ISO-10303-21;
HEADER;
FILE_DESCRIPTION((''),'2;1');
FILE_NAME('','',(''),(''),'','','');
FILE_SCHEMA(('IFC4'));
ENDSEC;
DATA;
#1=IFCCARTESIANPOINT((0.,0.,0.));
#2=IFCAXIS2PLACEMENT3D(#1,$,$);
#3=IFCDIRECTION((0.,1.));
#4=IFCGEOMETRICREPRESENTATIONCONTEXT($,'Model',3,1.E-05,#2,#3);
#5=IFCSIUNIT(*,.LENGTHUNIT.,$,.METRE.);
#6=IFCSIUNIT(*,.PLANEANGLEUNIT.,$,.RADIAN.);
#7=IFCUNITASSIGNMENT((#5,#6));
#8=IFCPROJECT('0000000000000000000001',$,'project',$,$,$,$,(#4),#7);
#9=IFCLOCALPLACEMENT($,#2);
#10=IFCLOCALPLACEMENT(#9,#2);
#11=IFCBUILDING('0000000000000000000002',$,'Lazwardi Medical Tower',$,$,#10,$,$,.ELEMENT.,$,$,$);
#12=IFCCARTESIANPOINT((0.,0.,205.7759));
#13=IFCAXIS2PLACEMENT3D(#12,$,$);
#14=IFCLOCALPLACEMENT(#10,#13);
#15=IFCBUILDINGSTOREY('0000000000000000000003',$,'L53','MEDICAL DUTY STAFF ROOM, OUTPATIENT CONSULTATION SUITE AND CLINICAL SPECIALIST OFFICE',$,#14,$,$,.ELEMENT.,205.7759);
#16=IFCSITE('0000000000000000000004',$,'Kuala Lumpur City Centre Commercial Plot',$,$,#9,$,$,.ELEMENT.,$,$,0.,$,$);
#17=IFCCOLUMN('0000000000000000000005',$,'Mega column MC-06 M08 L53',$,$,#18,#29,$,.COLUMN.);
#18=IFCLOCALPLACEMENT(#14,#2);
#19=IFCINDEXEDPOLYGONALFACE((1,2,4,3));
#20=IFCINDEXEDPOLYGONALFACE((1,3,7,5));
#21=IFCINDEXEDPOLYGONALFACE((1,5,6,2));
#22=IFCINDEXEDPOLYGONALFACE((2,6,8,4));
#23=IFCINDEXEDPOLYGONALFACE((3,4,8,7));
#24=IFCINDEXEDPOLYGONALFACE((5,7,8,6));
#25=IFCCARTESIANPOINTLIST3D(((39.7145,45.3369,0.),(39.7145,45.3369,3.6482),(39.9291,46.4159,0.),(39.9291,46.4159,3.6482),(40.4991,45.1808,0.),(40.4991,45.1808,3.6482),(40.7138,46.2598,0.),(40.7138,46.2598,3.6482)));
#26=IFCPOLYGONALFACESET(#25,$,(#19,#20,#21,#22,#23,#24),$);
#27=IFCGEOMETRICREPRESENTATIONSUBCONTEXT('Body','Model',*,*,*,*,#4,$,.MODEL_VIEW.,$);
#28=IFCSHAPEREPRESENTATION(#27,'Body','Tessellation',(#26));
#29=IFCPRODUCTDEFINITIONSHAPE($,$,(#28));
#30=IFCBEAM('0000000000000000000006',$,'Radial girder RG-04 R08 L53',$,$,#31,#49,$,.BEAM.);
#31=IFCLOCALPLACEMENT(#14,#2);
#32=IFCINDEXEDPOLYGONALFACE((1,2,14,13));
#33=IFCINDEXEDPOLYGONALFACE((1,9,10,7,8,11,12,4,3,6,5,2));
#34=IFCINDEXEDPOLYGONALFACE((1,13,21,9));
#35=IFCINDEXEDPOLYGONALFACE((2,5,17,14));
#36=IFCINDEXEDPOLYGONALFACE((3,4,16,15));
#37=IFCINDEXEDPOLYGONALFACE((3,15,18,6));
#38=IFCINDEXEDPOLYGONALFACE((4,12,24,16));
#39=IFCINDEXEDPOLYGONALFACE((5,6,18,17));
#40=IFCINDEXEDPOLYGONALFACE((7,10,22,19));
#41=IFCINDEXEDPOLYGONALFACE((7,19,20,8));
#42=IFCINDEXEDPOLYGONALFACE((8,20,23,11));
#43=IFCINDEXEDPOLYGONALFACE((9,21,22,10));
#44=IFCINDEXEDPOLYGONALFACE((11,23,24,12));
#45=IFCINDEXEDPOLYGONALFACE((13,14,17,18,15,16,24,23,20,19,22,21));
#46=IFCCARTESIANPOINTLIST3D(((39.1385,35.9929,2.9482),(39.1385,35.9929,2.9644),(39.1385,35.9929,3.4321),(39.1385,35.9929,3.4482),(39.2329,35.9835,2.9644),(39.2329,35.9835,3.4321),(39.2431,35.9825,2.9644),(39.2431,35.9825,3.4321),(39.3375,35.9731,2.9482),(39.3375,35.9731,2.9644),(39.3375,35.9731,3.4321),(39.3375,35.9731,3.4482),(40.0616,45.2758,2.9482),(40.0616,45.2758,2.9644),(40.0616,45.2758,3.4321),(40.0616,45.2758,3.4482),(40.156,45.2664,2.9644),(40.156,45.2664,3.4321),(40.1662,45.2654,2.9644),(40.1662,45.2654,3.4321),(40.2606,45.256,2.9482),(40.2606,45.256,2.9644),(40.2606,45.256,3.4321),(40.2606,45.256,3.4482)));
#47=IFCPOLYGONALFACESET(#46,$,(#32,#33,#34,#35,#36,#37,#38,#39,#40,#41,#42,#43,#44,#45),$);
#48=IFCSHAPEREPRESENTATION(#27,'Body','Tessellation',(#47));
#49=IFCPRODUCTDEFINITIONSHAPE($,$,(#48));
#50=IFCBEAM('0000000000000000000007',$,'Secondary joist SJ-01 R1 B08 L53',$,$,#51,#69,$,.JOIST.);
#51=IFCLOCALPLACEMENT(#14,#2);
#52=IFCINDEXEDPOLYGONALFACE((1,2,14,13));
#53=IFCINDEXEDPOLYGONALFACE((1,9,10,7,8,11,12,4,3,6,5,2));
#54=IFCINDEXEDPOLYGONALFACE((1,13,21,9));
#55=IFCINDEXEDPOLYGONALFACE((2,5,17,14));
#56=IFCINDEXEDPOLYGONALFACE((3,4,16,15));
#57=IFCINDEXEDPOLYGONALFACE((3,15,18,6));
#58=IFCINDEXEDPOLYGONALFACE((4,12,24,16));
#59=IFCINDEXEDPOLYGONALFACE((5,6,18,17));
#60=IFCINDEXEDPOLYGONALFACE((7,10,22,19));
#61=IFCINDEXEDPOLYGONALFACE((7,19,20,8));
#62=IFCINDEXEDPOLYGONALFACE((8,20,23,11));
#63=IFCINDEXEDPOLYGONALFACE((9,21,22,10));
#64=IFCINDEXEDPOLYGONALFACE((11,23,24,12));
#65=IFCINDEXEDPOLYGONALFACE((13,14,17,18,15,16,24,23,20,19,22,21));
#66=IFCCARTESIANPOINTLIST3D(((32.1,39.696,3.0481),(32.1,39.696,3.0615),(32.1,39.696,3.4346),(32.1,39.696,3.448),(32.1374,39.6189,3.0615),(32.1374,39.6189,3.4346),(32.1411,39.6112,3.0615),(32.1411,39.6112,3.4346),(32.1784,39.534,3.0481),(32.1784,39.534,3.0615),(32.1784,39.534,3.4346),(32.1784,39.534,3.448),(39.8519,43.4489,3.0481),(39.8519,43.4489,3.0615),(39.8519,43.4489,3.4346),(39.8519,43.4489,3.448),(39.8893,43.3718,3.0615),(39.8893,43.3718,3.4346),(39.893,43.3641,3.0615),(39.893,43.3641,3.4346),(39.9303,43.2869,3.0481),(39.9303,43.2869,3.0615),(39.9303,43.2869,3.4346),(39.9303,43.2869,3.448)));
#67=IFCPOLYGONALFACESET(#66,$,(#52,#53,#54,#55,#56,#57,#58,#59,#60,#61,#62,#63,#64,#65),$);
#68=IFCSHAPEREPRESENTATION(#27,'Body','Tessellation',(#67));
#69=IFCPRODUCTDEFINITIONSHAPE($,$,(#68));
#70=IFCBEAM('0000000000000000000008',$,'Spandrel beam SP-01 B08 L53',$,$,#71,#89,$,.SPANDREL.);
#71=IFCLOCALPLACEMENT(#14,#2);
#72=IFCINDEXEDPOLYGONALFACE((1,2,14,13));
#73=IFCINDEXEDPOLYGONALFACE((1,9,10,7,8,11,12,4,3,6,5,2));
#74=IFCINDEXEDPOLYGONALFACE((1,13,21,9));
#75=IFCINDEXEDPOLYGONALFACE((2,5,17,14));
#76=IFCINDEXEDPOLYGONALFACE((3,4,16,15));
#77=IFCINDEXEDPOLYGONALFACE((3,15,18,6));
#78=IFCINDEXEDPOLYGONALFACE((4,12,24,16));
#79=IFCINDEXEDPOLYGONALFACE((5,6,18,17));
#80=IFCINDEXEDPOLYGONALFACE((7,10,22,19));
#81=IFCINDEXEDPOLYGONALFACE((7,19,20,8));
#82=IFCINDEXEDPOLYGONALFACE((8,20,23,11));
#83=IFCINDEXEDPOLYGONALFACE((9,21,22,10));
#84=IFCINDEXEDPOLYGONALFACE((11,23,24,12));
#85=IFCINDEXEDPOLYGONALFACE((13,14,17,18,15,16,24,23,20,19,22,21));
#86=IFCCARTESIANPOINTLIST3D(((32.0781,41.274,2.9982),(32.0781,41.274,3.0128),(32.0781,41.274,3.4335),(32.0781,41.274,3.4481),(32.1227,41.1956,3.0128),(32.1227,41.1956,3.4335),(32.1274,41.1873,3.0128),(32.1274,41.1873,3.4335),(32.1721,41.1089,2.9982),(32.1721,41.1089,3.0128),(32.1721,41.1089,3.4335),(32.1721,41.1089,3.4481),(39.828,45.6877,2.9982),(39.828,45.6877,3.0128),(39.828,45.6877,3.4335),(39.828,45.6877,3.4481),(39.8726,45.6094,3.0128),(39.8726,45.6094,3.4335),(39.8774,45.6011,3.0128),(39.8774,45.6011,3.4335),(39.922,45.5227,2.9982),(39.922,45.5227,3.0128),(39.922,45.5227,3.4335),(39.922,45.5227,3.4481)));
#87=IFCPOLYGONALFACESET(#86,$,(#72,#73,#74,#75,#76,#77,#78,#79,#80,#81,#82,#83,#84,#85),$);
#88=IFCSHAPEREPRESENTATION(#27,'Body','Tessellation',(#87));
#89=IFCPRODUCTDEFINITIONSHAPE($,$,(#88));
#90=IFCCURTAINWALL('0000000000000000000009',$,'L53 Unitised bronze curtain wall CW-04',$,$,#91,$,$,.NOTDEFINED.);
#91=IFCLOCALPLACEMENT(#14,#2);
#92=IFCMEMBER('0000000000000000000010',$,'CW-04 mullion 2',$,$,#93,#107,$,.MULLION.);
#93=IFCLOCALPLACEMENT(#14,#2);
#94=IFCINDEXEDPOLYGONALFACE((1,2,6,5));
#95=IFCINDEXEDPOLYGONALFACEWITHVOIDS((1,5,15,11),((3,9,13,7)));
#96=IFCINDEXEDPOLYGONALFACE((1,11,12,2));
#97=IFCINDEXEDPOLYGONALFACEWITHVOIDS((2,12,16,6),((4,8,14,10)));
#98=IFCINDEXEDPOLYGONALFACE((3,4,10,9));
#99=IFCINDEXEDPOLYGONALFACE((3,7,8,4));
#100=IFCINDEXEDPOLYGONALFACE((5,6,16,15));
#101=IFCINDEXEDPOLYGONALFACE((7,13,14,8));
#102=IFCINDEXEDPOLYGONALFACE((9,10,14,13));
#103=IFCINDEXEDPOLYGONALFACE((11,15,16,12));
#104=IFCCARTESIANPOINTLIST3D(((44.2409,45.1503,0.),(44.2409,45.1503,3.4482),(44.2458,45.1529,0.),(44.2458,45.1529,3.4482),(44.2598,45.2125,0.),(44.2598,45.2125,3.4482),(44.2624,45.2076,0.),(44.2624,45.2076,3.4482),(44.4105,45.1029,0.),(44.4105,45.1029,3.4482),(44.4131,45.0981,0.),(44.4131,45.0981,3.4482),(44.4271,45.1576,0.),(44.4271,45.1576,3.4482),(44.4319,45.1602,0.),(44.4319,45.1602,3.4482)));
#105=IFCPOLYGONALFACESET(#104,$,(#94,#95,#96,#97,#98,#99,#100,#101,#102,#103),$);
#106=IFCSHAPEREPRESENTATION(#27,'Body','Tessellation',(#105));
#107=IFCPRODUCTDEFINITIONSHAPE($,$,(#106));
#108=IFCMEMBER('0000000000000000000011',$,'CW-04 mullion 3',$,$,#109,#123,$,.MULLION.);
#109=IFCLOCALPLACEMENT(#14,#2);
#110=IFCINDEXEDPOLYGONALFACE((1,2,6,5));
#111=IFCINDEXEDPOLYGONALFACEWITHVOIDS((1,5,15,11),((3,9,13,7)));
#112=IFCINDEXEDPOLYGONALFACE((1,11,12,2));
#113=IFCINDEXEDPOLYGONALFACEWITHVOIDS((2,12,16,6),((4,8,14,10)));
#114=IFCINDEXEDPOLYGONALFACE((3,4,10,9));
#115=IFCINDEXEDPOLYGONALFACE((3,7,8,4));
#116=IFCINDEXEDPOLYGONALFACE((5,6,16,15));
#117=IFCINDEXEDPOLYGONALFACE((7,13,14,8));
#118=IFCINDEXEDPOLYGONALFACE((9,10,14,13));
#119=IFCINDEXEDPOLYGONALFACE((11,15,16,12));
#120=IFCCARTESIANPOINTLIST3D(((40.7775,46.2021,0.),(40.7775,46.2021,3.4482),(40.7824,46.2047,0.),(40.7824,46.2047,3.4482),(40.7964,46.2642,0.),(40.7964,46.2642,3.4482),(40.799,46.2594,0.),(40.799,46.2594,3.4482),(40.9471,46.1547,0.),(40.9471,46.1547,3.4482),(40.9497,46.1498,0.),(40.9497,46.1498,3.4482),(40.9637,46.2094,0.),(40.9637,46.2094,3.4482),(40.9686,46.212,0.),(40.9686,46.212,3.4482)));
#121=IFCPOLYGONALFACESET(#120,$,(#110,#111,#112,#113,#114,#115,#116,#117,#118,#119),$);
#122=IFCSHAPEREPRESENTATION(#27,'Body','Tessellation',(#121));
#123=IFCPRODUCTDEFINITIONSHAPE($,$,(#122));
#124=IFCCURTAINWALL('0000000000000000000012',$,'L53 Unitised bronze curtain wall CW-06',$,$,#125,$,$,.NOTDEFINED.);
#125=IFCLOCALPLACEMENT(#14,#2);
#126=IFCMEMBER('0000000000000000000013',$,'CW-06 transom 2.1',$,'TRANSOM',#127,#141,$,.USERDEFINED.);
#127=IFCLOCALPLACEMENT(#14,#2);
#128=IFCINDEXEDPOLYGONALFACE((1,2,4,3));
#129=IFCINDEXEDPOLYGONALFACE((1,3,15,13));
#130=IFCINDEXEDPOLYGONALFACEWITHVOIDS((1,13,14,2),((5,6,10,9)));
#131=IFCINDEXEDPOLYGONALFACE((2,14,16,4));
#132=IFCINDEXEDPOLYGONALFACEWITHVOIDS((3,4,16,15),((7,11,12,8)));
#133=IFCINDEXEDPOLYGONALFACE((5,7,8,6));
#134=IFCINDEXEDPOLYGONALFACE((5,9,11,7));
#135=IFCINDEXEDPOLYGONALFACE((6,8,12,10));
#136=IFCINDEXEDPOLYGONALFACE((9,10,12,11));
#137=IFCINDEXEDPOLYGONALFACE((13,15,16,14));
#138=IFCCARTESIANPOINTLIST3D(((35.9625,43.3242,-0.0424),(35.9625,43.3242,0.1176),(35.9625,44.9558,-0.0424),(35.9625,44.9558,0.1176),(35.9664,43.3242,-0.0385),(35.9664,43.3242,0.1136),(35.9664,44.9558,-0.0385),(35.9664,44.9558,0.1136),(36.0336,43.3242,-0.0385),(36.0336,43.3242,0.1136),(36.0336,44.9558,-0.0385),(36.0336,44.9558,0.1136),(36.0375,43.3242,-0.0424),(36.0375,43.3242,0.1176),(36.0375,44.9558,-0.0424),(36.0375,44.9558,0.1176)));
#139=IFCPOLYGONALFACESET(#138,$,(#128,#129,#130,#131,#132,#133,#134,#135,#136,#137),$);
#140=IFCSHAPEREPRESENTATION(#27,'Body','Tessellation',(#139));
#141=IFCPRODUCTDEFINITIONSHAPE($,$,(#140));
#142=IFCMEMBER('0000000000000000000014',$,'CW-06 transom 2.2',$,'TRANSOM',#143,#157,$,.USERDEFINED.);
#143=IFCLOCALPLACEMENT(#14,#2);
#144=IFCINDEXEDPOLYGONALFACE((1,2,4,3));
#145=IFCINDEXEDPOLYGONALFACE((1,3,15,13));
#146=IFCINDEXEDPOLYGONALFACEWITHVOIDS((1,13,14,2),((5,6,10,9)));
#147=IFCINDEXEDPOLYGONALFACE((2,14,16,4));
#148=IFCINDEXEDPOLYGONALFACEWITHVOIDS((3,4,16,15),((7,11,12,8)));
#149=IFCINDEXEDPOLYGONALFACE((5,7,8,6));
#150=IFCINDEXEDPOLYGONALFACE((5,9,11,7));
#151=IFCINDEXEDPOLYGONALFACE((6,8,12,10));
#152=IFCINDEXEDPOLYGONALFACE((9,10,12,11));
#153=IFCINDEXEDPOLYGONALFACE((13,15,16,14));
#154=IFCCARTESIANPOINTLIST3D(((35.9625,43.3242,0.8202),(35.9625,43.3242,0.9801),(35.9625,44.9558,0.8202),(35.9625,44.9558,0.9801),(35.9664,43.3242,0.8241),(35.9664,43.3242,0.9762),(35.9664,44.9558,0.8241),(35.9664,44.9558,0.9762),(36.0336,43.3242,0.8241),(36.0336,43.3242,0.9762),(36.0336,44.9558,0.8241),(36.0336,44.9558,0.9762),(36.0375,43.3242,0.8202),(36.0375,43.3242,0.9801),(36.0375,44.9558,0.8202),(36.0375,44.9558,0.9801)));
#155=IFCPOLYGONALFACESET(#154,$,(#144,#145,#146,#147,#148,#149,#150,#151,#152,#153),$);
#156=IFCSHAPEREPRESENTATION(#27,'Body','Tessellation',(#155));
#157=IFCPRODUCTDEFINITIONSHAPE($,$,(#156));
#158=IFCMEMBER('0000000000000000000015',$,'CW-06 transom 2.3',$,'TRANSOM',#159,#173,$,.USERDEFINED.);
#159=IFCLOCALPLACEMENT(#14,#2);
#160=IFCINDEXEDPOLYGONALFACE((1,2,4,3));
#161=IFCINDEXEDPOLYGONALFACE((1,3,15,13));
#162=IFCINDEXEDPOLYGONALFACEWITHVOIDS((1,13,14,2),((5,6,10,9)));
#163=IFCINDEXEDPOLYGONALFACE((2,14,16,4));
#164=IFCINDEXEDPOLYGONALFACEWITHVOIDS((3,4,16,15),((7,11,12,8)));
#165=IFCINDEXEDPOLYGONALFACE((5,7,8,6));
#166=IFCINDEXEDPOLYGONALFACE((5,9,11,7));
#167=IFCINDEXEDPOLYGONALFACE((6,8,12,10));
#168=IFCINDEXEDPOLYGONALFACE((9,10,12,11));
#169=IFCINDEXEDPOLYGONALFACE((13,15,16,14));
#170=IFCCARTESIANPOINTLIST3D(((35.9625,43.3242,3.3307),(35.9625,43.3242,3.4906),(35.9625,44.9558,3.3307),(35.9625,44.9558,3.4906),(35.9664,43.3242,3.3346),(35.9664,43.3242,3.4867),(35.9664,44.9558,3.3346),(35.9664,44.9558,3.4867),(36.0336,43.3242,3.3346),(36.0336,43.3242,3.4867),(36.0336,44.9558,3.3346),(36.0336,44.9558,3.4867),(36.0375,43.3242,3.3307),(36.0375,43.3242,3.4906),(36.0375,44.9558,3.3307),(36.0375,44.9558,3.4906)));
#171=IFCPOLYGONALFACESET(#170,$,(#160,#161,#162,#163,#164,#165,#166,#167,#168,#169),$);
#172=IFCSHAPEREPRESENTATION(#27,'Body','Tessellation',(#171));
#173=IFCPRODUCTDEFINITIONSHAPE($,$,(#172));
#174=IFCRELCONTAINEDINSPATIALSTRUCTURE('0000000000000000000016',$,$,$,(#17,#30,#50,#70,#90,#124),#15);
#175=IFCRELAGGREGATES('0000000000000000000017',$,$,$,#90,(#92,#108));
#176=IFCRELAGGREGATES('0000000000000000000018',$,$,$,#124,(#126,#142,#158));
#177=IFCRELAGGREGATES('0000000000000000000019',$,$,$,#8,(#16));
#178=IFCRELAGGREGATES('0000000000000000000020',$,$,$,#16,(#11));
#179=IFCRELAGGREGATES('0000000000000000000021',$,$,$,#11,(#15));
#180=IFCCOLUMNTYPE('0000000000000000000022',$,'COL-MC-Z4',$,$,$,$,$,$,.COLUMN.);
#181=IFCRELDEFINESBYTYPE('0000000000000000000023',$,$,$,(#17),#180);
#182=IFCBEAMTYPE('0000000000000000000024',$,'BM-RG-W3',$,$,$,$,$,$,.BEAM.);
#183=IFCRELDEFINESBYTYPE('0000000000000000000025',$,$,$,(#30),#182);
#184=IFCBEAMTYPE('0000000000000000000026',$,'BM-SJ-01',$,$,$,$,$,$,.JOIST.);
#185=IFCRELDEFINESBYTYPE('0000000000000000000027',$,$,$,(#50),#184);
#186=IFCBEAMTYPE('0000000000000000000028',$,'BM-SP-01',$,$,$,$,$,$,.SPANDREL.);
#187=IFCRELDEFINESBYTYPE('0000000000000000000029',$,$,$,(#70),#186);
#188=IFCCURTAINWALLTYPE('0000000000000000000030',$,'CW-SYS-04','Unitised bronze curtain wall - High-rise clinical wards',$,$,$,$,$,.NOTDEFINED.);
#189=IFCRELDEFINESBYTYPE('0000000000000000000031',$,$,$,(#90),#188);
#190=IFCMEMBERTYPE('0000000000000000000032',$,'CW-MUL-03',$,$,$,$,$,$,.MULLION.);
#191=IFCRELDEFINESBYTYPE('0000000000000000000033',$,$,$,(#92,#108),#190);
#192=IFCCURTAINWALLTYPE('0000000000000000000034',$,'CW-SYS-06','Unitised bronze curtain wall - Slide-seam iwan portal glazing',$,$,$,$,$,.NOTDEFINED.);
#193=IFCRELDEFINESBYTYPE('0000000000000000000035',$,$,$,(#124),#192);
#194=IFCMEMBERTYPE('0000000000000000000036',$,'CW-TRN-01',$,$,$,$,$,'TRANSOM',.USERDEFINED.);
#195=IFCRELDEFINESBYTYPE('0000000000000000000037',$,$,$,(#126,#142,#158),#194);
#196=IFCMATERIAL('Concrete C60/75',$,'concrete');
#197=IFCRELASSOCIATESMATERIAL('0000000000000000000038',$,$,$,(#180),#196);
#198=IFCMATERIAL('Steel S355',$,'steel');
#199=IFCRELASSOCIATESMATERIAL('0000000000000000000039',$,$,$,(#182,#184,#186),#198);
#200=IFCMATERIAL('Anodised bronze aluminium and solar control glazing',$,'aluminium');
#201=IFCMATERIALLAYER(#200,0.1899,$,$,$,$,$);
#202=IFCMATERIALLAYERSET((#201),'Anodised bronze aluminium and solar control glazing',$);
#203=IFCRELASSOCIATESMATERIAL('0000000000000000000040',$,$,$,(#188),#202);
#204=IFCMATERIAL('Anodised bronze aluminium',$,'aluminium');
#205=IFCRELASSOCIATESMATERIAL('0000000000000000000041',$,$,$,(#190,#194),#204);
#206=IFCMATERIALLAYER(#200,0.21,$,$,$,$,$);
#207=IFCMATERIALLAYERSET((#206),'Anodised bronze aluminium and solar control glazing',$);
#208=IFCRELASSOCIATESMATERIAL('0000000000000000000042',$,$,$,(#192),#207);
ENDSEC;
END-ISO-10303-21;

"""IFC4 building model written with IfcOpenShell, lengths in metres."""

from ifc_helpers import new_model, si_unit, direction, frame, origin, origin_2d, place, context, subcontext, project, spatial, rectangle, hollow_rectangle, i_section, extrude, material, layer, layer_set, material_profile, profile_set, type_object, element, aggregate, save


model = new_model("IFC4")

# Units and contexts
model_context = context("Model", 3, precision=1e-05, world=origin(), true_north=direction((0.0, 1.0)))
body_context = subcontext(model_context, "Body", "Model", "MODEL_VIEW")
ifc_project = project(units=[si_unit("LENGTHUNIT", "METRE"), si_unit("PLANEANGLEUNIT", "RADIAN")], contexts=[model_context])

# Site, building, storey
site_placement = place(None, origin())
site = spatial("IfcSite", under=ifc_project, at=site_placement, Name="Kuala Lumpur City Centre Commercial Plot", CompositionType="ELEMENT", RefElevation=0.0)
building_placement = place(site_placement, origin())
building = spatial("IfcBuilding", under=site, at=building_placement, Name="Lazwardi Medical Tower", CompositionType="ELEMENT")
storey_placement = place(building_placement, frame((0.0, 0.0, 205.7759)))
storey = spatial("IfcBuildingStorey", under=building, at=storey_placement, Name="L53", Description="MEDICAL DUTY STAFF ROOM, OUTPATIENT CONSULTATION SUITE AND CLINICAL SPECIALIST OFFICE", CompositionType="ELEMENT", Elevation=205.7759)

# Column
ifc_material_1 = material(Name="Concrete C60/75", Category="concrete")
ifc_material_profile_1 = material_profile(ifc_material_1, rectangle(XDim=1.1001, YDim=0.8, at=origin_2d()), Name="CFT-RECT 1100x800")
ifc_profile_set_1 = profile_set([ifc_material_profile_1], Name="Concrete C60/75")
column_type = type_object("IfcColumnType", Name="COL-MC-Z4", PredefinedType="COLUMN", material=ifc_profile_set_1)
column_placement = place(storey_placement, frame((40.2141, 45.7983, 0.0), z_axis=(0.0, 0.0, 1.0), x_axis=(0.19509, 0.980785, 0.0)))
element("IfcColumn", 1, at=column_placement, inside=storey, type_object=column_type, Name="Mega column MC-06 M08 L53", PredefinedType="COLUMN", context=body_context, shape_type="SweptSolid", body=[
    extrude(rectangle(XDim=1.1001, YDim=0.8, at=origin_2d()), origin(), (0.0, 0.0, 1.0), 3.6482),
])

# Beams
ifc_material_2 = material(Name="Steel S355", Category="steel")
ifc_material_profile_2 = material_profile(ifc_material_2, i_section(OverallWidth=0.2, OverallDepth=0.5, WebThickness=0.0103, FlangeThickness=0.0161, at=origin_2d()), Name="IPE 500")
ifc_profile_set_2 = profile_set([ifc_material_profile_2], Name="Steel S355")
beam_type_1 = type_object("IfcBeamType", Name="BM-RG-W3", PredefinedType="BEAM", material=ifc_profile_set_2)
beam_1_placement = place(storey_placement, frame((40.1611, 45.2659, 3.1982), z_axis=(-0.098954, -0.995092, 0.0), x_axis=(0.995092, -0.098954, 0.0)))
element("IfcBeam", 2, at=beam_1_placement, inside=storey, type_object=beam_type_1, Name="Radial girder RG-04 R08 L53", PredefinedType="BEAM", context=body_context, shape_type="SweptSolid", body=[
    extrude(i_section(OverallWidth=0.2, OverallDepth=0.5, WebThickness=0.0103, FlangeThickness=0.0161, at=origin_2d()), origin(), (0.0, 0.0, 1.0), 9.3286),
])
ifc_material_profile_3 = material_profile(ifc_material_2, i_section(OverallWidth=0.1799, OverallDepth=0.3999, WebThickness=0.0085, FlangeThickness=0.0134, at=origin_2d()), Name="IPE 400")
ifc_profile_set_3 = profile_set([ifc_material_profile_3], Name="Steel S355")
beam_type_2 = type_object("IfcBeamType", Name="BM-SJ-01", PredefinedType="JOIST", material=ifc_profile_set_3)
beam_2_placement = place(storey_placement, frame((39.8911, 43.3679, 3.248), z_axis=(-0.900069, -0.435748, 0.0), x_axis=(0.435748, -0.900069, 0.0)))
element("IfcBeam", 3, at=beam_2_placement, inside=storey, type_object=beam_type_2, Name="Secondary joist SJ-01 R1 B08 L53", PredefinedType="JOIST", context=body_context, shape_type="SweptSolid", body=[
    extrude(i_section(OverallWidth=0.1799, OverallDepth=0.3999, WebThickness=0.0085, FlangeThickness=0.0134, at=origin_2d()), origin(), (0.0, 0.0, 1.0), 8.6125),
])
ifc_material_profile_4 = material_profile(ifc_material_2, i_section(OverallWidth=0.1899, OverallDepth=0.45, WebThickness=0.0095, FlangeThickness=0.0146, at=origin_2d()), Name="IPE 450")
ifc_profile_set_4 = profile_set([ifc_material_profile_4], Name="Steel S355")
beam_type_3 = type_object("IfcBeamType", Name="BM-SP-01", PredefinedType="SPANDREL", material=ifc_profile_set_4)
beam_3_placement = place(storey_placement, frame((39.875, 45.6052, 3.2231), z_axis=(-0.868955, -0.494891, 0.0), x_axis=(0.494891, -0.868955, 0.0)))
element("IfcBeam", 4, at=beam_3_placement, inside=storey, type_object=beam_type_3, Name="Spandrel beam SP-01 B08 L53", PredefinedType="SPANDREL", context=body_context, shape_type="SweptSolid", body=[
    extrude(i_section(OverallWidth=0.1899, OverallDepth=0.45, WebThickness=0.0095, FlangeThickness=0.0146, at=origin_2d()), origin(), (0.0, 0.0, 1.0), 8.9187),
])

# Curtain walls, members
ifc_material_3 = material(Name="Anodised bronze aluminium and solar control glazing", Category="aluminium")
ifc_layer_1 = layer(ifc_material_3, 0.1899)
ifc_layer_set_1 = layer_set([ifc_layer_1], Name="Anodised bronze aluminium and solar control glazing")
curtain_wall_type_1 = type_object("IfcCurtainWallType", Name="CW-SYS-04", Description="Unitised bronze curtain wall - High-rise clinical wards", PredefinedType="NOTDEFINED", material=ifc_layer_set_1)
curtain_wall_1_placement = place(storey_placement, origin())
curtain_wall_1 = element("IfcCurtainWall", 5, at=curtain_wall_1_placement, inside=storey, type_object=curtain_wall_type_1, Name="L53 Unitised bronze curtain wall CW-04", PredefinedType="NOTDEFINED")
ifc_material_4 = material(Name="Anodised bronze aluminium", Category="aluminium")
ifc_material_profile_5 = material_profile(ifc_material_4, hollow_rectangle(XDim=0.0649, YDim=0.1799, WallThickness=0.0039, at=origin_2d()), Name="ALU-MULLION 180x65x4")
ifc_profile_set_5 = profile_set([ifc_material_profile_5], Name="Anodised bronze aluminium")
member_type_1 = type_object("IfcMemberType", Name="CW-MUL-03", PredefinedType="MULLION", material=ifc_profile_set_5)
member_1_placement = place(storey_placement, frame((44.3364, 45.1553, 0.0), z_axis=(0.0, 0.0, 1.0), x_axis=(-0.290582, -0.95685, 0.0)))
member_1 = element("IfcMember", 6, at=member_1_placement, type_object=member_type_1, Name="CW-04 mullion 2", PredefinedType="MULLION", context=body_context, shape_type="SweptSolid", body=[
    extrude(hollow_rectangle(XDim=0.0649, YDim=0.1799, WallThickness=0.0039, at=origin_2d()), origin(), (0.0, 0.0, 1.0), 3.4482),
])
member_2_placement = place(storey_placement, frame((40.873, 46.207, 0.0), z_axis=(0.0, 0.0, 1.0), x_axis=(-0.290582, -0.95685, 0.0)))
member_2 = element("IfcMember", 7, at=member_2_placement, type_object=member_type_1, Name="CW-04 mullion 3", PredefinedType="MULLION", context=body_context, shape_type="SweptSolid", body=[
    extrude(hollow_rectangle(XDim=0.0649, YDim=0.1799, WallThickness=0.0039, at=origin_2d()), origin(), (0.0, 0.0, 1.0), 3.4482),
])
ifc_layer_2 = layer(ifc_material_3, 0.21)
ifc_layer_set_2 = layer_set([ifc_layer_2], Name="Anodised bronze aluminium and solar control glazing")
curtain_wall_type_2 = type_object("IfcCurtainWallType", Name="CW-SYS-06", Description="Unitised bronze curtain wall - Slide-seam iwan portal glazing", PredefinedType="NOTDEFINED", material=ifc_layer_set_2)
curtain_wall_2_placement = place(storey_placement, origin())
curtain_wall_2 = element("IfcCurtainWall", 8, at=curtain_wall_2_placement, inside=storey, type_object=curtain_wall_type_2, Name="L53 Unitised bronze curtain wall CW-06", PredefinedType="NOTDEFINED")
ifc_material_profile_6 = material_profile(ifc_material_4, hollow_rectangle(XDim=0.075, YDim=0.1599, WallThickness=0.0039, at=origin_2d()), Name="ALU-TRANSOM 160x75x4")
ifc_profile_set_6 = profile_set([ifc_material_profile_6], Name="Anodised bronze aluminium")
member_type_2 = type_object("IfcMemberType", Name="CW-TRN-01", ElementType="TRANSOM", PredefinedType="USERDEFINED", material=ifc_profile_set_6)
member_3_placement = place(storey_placement, frame((36.0, 44.9558, 0.0376), z_axis=(0.0, -1.0, 0.0), x_axis=(1.0, 0.0, 0.0)))
member_3 = element("IfcMember", 9, at=member_3_placement, type_object=member_type_2, Name="CW-06 transom 2.1", ObjectType="TRANSOM", PredefinedType="USERDEFINED", context=body_context, shape_type="SweptSolid", body=[
    extrude(hollow_rectangle(XDim=0.075, YDim=0.1599, WallThickness=0.0039, at=origin_2d()), origin(), (0.0, 0.0, 1.0), 1.6316),
])
member_4_placement = place(storey_placement, frame((36.0, 44.9558, 0.9001), z_axis=(0.0, -1.0, 0.0), x_axis=(1.0, 0.0, 0.0)))
member_4 = element("IfcMember", 10, at=member_4_placement, type_object=member_type_2, Name="CW-06 transom 2.2", ObjectType="TRANSOM", PredefinedType="USERDEFINED", context=body_context, shape_type="SweptSolid", body=[
    extrude(hollow_rectangle(XDim=0.075, YDim=0.1599, WallThickness=0.0039, at=origin_2d()), origin(), (0.0, 0.0, 1.0), 1.6316),
])
member_5_placement = place(storey_placement, frame((36.0, 44.9558, 3.4106), z_axis=(0.0, -1.0, 0.0), x_axis=(1.0, 0.0, 0.0)))
member_5 = element("IfcMember", 11, at=member_5_placement, type_object=member_type_2, Name="CW-06 transom 2.3", ObjectType="TRANSOM", PredefinedType="USERDEFINED", context=body_context, shape_type="SweptSolid", body=[
    extrude(hollow_rectangle(XDim=0.075, YDim=0.1599, WallThickness=0.0039, at=origin_2d()), origin(), (0.0, 0.0, 1.0), 1.6316),
])

aggregate(curtain_wall_1, [member_1, member_2])
aggregate(curtain_wall_2, [member_3, member_4, member_5])

save(model, "model.ifc")
